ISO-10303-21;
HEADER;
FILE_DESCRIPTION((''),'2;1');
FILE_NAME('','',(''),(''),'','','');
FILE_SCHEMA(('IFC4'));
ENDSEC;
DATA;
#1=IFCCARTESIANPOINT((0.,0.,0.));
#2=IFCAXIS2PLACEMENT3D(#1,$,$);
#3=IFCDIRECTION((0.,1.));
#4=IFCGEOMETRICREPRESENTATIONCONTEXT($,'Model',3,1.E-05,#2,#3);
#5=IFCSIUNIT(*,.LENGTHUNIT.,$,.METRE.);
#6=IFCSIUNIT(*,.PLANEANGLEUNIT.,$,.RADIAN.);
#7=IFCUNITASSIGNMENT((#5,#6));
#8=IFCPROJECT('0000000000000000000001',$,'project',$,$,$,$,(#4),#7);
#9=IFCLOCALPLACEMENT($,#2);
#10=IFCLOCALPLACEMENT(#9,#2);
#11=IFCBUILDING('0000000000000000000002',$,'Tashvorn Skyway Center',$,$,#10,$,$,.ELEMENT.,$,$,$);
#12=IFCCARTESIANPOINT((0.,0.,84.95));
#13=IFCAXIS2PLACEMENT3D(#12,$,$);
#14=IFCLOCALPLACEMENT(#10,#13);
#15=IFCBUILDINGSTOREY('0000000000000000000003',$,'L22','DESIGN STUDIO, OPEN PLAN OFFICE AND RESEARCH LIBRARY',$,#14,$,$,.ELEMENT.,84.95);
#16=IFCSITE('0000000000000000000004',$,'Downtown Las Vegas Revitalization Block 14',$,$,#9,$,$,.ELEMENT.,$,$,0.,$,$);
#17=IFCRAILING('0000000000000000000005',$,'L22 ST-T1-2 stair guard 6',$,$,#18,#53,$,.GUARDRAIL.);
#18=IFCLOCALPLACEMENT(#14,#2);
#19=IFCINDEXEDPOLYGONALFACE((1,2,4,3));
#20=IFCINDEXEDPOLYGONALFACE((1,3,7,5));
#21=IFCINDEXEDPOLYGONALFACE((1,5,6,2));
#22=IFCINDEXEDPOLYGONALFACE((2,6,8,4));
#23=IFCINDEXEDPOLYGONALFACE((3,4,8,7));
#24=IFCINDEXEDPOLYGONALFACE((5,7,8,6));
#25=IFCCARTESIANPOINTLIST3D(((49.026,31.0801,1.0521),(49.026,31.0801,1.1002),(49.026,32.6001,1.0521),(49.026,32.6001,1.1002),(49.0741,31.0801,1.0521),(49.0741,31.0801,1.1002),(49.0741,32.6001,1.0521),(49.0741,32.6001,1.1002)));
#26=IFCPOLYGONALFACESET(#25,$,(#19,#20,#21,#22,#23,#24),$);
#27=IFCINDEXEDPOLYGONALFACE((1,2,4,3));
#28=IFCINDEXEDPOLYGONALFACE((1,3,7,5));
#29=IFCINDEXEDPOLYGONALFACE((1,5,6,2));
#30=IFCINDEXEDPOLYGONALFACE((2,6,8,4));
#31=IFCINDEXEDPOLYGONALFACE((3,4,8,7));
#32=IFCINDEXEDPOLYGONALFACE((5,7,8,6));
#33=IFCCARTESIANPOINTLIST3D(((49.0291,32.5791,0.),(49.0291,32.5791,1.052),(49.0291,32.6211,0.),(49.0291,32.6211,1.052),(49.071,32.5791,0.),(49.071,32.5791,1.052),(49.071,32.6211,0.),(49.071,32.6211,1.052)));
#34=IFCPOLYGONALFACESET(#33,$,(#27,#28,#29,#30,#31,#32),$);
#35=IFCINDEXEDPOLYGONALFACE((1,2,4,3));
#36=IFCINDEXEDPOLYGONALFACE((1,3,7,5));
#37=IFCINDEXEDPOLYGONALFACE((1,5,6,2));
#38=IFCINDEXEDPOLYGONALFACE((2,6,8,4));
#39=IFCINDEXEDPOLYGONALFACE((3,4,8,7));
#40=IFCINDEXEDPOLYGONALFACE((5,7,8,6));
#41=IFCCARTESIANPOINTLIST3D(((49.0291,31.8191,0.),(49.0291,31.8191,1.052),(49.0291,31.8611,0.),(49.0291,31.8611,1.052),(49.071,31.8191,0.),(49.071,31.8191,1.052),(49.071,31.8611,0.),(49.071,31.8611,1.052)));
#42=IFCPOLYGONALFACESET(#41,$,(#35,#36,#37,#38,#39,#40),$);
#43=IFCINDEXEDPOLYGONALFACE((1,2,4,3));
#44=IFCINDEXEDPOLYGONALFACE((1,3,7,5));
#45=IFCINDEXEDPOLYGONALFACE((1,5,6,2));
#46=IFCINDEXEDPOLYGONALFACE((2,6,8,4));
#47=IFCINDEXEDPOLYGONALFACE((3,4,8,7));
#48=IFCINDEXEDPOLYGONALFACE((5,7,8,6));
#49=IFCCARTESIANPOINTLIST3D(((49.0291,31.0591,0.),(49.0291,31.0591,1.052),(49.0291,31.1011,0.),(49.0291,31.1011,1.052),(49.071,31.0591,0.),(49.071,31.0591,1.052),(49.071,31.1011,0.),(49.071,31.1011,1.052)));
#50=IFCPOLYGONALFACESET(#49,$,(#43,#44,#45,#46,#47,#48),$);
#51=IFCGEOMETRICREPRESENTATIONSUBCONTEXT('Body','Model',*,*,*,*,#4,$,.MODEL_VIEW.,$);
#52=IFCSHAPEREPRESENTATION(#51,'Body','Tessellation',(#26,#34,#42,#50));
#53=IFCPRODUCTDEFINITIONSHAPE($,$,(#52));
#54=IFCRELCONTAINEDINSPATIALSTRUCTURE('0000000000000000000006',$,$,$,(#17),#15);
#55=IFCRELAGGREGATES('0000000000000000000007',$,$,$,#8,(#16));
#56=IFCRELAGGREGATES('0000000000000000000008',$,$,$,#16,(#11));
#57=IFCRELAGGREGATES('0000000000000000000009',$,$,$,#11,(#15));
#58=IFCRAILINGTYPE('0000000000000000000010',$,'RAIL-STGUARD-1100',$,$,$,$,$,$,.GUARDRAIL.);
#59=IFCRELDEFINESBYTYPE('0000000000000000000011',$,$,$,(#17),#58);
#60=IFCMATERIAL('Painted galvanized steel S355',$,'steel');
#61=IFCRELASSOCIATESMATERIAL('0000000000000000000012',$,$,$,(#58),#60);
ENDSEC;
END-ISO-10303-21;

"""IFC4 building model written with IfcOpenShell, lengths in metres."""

from ifc_helpers import new_model, si_unit, direction, frame, origin, origin_2d, place, context, subcontext, project, spatial, rectangle, extrude, material, type_object, element, save


model = new_model("IFC4")

# Units and contexts
model_context = context("Model", 3, precision=1e-05, world=origin(), true_north=direction((0.0, 1.0)))
body_context = subcontext(model_context, "Body", "Model", "MODEL_VIEW")
ifc_project = project(units=[si_unit("LENGTHUNIT", "METRE"), si_unit("PLANEANGLEUNIT", "RADIAN")], contexts=[model_context])

# Site, building, storey
site_placement = place(None, origin())
site = spatial("IfcSite", under=ifc_project, at=site_placement, Name="Downtown Las Vegas Revitalization Block 14", CompositionType="ELEMENT", RefElevation=0.0)
building_placement = place(site_placement, origin())
building = spatial("IfcBuilding", under=site, at=building_placement, Name="Tashvorn Skyway Center", CompositionType="ELEMENT")
storey_placement = place(building_placement, frame((0.0, 0.0, 84.95)))
storey = spatial("IfcBuildingStorey", under=building, at=storey_placement, Name="L22", Description="DESIGN STUDIO, OPEN PLAN OFFICE AND RESEARCH LIBRARY", CompositionType="ELEMENT", Elevation=84.95)

# Railing
ifc_material_1 = material(Name="Painted galvanized steel S355", Category="steel")
railing_type = type_object("IfcRailingType", Name="RAIL-STGUARD-1100", PredefinedType="GUARDRAIL", material=ifc_material_1)
railing_placement = place(storey_placement, frame((49.05, 32.6001, 0.0)))
element("IfcRailing", 1, at=railing_placement, inside=storey, type_object=railing_type, Name="L22 ST-T1-2 stair guard 6", PredefinedType="GUARDRAIL", context=body_context, shape_type="SweptSolid", body=[
    extrude(rectangle(XDim=0.0481, YDim=0.0481, at=origin_2d()), frame((0.0, 0.0, 1.0762), z_axis=(0.0, -1.0, 0.0), x_axis=(1.0, 0.0, 0.0)), (0.0, 0.0, 1.0), 1.52),
    extrude(rectangle(XDim=0.042, YDim=0.042, at=origin_2d()), origin(), (0.0, 0.0, 1.0), 1.052),
    extrude(rectangle(XDim=0.042, YDim=0.042, at=origin_2d()), frame((0.0, -0.76, 0.0)), (0.0, 0.0, 1.0), 1.052),
    extrude(rectangle(XDim=0.042, YDim=0.042, at=origin_2d()), frame((0.0, -1.52, 0.0)), (0.0, 0.0, 1.0), 1.052),
])

save(model, "model.ifc")
